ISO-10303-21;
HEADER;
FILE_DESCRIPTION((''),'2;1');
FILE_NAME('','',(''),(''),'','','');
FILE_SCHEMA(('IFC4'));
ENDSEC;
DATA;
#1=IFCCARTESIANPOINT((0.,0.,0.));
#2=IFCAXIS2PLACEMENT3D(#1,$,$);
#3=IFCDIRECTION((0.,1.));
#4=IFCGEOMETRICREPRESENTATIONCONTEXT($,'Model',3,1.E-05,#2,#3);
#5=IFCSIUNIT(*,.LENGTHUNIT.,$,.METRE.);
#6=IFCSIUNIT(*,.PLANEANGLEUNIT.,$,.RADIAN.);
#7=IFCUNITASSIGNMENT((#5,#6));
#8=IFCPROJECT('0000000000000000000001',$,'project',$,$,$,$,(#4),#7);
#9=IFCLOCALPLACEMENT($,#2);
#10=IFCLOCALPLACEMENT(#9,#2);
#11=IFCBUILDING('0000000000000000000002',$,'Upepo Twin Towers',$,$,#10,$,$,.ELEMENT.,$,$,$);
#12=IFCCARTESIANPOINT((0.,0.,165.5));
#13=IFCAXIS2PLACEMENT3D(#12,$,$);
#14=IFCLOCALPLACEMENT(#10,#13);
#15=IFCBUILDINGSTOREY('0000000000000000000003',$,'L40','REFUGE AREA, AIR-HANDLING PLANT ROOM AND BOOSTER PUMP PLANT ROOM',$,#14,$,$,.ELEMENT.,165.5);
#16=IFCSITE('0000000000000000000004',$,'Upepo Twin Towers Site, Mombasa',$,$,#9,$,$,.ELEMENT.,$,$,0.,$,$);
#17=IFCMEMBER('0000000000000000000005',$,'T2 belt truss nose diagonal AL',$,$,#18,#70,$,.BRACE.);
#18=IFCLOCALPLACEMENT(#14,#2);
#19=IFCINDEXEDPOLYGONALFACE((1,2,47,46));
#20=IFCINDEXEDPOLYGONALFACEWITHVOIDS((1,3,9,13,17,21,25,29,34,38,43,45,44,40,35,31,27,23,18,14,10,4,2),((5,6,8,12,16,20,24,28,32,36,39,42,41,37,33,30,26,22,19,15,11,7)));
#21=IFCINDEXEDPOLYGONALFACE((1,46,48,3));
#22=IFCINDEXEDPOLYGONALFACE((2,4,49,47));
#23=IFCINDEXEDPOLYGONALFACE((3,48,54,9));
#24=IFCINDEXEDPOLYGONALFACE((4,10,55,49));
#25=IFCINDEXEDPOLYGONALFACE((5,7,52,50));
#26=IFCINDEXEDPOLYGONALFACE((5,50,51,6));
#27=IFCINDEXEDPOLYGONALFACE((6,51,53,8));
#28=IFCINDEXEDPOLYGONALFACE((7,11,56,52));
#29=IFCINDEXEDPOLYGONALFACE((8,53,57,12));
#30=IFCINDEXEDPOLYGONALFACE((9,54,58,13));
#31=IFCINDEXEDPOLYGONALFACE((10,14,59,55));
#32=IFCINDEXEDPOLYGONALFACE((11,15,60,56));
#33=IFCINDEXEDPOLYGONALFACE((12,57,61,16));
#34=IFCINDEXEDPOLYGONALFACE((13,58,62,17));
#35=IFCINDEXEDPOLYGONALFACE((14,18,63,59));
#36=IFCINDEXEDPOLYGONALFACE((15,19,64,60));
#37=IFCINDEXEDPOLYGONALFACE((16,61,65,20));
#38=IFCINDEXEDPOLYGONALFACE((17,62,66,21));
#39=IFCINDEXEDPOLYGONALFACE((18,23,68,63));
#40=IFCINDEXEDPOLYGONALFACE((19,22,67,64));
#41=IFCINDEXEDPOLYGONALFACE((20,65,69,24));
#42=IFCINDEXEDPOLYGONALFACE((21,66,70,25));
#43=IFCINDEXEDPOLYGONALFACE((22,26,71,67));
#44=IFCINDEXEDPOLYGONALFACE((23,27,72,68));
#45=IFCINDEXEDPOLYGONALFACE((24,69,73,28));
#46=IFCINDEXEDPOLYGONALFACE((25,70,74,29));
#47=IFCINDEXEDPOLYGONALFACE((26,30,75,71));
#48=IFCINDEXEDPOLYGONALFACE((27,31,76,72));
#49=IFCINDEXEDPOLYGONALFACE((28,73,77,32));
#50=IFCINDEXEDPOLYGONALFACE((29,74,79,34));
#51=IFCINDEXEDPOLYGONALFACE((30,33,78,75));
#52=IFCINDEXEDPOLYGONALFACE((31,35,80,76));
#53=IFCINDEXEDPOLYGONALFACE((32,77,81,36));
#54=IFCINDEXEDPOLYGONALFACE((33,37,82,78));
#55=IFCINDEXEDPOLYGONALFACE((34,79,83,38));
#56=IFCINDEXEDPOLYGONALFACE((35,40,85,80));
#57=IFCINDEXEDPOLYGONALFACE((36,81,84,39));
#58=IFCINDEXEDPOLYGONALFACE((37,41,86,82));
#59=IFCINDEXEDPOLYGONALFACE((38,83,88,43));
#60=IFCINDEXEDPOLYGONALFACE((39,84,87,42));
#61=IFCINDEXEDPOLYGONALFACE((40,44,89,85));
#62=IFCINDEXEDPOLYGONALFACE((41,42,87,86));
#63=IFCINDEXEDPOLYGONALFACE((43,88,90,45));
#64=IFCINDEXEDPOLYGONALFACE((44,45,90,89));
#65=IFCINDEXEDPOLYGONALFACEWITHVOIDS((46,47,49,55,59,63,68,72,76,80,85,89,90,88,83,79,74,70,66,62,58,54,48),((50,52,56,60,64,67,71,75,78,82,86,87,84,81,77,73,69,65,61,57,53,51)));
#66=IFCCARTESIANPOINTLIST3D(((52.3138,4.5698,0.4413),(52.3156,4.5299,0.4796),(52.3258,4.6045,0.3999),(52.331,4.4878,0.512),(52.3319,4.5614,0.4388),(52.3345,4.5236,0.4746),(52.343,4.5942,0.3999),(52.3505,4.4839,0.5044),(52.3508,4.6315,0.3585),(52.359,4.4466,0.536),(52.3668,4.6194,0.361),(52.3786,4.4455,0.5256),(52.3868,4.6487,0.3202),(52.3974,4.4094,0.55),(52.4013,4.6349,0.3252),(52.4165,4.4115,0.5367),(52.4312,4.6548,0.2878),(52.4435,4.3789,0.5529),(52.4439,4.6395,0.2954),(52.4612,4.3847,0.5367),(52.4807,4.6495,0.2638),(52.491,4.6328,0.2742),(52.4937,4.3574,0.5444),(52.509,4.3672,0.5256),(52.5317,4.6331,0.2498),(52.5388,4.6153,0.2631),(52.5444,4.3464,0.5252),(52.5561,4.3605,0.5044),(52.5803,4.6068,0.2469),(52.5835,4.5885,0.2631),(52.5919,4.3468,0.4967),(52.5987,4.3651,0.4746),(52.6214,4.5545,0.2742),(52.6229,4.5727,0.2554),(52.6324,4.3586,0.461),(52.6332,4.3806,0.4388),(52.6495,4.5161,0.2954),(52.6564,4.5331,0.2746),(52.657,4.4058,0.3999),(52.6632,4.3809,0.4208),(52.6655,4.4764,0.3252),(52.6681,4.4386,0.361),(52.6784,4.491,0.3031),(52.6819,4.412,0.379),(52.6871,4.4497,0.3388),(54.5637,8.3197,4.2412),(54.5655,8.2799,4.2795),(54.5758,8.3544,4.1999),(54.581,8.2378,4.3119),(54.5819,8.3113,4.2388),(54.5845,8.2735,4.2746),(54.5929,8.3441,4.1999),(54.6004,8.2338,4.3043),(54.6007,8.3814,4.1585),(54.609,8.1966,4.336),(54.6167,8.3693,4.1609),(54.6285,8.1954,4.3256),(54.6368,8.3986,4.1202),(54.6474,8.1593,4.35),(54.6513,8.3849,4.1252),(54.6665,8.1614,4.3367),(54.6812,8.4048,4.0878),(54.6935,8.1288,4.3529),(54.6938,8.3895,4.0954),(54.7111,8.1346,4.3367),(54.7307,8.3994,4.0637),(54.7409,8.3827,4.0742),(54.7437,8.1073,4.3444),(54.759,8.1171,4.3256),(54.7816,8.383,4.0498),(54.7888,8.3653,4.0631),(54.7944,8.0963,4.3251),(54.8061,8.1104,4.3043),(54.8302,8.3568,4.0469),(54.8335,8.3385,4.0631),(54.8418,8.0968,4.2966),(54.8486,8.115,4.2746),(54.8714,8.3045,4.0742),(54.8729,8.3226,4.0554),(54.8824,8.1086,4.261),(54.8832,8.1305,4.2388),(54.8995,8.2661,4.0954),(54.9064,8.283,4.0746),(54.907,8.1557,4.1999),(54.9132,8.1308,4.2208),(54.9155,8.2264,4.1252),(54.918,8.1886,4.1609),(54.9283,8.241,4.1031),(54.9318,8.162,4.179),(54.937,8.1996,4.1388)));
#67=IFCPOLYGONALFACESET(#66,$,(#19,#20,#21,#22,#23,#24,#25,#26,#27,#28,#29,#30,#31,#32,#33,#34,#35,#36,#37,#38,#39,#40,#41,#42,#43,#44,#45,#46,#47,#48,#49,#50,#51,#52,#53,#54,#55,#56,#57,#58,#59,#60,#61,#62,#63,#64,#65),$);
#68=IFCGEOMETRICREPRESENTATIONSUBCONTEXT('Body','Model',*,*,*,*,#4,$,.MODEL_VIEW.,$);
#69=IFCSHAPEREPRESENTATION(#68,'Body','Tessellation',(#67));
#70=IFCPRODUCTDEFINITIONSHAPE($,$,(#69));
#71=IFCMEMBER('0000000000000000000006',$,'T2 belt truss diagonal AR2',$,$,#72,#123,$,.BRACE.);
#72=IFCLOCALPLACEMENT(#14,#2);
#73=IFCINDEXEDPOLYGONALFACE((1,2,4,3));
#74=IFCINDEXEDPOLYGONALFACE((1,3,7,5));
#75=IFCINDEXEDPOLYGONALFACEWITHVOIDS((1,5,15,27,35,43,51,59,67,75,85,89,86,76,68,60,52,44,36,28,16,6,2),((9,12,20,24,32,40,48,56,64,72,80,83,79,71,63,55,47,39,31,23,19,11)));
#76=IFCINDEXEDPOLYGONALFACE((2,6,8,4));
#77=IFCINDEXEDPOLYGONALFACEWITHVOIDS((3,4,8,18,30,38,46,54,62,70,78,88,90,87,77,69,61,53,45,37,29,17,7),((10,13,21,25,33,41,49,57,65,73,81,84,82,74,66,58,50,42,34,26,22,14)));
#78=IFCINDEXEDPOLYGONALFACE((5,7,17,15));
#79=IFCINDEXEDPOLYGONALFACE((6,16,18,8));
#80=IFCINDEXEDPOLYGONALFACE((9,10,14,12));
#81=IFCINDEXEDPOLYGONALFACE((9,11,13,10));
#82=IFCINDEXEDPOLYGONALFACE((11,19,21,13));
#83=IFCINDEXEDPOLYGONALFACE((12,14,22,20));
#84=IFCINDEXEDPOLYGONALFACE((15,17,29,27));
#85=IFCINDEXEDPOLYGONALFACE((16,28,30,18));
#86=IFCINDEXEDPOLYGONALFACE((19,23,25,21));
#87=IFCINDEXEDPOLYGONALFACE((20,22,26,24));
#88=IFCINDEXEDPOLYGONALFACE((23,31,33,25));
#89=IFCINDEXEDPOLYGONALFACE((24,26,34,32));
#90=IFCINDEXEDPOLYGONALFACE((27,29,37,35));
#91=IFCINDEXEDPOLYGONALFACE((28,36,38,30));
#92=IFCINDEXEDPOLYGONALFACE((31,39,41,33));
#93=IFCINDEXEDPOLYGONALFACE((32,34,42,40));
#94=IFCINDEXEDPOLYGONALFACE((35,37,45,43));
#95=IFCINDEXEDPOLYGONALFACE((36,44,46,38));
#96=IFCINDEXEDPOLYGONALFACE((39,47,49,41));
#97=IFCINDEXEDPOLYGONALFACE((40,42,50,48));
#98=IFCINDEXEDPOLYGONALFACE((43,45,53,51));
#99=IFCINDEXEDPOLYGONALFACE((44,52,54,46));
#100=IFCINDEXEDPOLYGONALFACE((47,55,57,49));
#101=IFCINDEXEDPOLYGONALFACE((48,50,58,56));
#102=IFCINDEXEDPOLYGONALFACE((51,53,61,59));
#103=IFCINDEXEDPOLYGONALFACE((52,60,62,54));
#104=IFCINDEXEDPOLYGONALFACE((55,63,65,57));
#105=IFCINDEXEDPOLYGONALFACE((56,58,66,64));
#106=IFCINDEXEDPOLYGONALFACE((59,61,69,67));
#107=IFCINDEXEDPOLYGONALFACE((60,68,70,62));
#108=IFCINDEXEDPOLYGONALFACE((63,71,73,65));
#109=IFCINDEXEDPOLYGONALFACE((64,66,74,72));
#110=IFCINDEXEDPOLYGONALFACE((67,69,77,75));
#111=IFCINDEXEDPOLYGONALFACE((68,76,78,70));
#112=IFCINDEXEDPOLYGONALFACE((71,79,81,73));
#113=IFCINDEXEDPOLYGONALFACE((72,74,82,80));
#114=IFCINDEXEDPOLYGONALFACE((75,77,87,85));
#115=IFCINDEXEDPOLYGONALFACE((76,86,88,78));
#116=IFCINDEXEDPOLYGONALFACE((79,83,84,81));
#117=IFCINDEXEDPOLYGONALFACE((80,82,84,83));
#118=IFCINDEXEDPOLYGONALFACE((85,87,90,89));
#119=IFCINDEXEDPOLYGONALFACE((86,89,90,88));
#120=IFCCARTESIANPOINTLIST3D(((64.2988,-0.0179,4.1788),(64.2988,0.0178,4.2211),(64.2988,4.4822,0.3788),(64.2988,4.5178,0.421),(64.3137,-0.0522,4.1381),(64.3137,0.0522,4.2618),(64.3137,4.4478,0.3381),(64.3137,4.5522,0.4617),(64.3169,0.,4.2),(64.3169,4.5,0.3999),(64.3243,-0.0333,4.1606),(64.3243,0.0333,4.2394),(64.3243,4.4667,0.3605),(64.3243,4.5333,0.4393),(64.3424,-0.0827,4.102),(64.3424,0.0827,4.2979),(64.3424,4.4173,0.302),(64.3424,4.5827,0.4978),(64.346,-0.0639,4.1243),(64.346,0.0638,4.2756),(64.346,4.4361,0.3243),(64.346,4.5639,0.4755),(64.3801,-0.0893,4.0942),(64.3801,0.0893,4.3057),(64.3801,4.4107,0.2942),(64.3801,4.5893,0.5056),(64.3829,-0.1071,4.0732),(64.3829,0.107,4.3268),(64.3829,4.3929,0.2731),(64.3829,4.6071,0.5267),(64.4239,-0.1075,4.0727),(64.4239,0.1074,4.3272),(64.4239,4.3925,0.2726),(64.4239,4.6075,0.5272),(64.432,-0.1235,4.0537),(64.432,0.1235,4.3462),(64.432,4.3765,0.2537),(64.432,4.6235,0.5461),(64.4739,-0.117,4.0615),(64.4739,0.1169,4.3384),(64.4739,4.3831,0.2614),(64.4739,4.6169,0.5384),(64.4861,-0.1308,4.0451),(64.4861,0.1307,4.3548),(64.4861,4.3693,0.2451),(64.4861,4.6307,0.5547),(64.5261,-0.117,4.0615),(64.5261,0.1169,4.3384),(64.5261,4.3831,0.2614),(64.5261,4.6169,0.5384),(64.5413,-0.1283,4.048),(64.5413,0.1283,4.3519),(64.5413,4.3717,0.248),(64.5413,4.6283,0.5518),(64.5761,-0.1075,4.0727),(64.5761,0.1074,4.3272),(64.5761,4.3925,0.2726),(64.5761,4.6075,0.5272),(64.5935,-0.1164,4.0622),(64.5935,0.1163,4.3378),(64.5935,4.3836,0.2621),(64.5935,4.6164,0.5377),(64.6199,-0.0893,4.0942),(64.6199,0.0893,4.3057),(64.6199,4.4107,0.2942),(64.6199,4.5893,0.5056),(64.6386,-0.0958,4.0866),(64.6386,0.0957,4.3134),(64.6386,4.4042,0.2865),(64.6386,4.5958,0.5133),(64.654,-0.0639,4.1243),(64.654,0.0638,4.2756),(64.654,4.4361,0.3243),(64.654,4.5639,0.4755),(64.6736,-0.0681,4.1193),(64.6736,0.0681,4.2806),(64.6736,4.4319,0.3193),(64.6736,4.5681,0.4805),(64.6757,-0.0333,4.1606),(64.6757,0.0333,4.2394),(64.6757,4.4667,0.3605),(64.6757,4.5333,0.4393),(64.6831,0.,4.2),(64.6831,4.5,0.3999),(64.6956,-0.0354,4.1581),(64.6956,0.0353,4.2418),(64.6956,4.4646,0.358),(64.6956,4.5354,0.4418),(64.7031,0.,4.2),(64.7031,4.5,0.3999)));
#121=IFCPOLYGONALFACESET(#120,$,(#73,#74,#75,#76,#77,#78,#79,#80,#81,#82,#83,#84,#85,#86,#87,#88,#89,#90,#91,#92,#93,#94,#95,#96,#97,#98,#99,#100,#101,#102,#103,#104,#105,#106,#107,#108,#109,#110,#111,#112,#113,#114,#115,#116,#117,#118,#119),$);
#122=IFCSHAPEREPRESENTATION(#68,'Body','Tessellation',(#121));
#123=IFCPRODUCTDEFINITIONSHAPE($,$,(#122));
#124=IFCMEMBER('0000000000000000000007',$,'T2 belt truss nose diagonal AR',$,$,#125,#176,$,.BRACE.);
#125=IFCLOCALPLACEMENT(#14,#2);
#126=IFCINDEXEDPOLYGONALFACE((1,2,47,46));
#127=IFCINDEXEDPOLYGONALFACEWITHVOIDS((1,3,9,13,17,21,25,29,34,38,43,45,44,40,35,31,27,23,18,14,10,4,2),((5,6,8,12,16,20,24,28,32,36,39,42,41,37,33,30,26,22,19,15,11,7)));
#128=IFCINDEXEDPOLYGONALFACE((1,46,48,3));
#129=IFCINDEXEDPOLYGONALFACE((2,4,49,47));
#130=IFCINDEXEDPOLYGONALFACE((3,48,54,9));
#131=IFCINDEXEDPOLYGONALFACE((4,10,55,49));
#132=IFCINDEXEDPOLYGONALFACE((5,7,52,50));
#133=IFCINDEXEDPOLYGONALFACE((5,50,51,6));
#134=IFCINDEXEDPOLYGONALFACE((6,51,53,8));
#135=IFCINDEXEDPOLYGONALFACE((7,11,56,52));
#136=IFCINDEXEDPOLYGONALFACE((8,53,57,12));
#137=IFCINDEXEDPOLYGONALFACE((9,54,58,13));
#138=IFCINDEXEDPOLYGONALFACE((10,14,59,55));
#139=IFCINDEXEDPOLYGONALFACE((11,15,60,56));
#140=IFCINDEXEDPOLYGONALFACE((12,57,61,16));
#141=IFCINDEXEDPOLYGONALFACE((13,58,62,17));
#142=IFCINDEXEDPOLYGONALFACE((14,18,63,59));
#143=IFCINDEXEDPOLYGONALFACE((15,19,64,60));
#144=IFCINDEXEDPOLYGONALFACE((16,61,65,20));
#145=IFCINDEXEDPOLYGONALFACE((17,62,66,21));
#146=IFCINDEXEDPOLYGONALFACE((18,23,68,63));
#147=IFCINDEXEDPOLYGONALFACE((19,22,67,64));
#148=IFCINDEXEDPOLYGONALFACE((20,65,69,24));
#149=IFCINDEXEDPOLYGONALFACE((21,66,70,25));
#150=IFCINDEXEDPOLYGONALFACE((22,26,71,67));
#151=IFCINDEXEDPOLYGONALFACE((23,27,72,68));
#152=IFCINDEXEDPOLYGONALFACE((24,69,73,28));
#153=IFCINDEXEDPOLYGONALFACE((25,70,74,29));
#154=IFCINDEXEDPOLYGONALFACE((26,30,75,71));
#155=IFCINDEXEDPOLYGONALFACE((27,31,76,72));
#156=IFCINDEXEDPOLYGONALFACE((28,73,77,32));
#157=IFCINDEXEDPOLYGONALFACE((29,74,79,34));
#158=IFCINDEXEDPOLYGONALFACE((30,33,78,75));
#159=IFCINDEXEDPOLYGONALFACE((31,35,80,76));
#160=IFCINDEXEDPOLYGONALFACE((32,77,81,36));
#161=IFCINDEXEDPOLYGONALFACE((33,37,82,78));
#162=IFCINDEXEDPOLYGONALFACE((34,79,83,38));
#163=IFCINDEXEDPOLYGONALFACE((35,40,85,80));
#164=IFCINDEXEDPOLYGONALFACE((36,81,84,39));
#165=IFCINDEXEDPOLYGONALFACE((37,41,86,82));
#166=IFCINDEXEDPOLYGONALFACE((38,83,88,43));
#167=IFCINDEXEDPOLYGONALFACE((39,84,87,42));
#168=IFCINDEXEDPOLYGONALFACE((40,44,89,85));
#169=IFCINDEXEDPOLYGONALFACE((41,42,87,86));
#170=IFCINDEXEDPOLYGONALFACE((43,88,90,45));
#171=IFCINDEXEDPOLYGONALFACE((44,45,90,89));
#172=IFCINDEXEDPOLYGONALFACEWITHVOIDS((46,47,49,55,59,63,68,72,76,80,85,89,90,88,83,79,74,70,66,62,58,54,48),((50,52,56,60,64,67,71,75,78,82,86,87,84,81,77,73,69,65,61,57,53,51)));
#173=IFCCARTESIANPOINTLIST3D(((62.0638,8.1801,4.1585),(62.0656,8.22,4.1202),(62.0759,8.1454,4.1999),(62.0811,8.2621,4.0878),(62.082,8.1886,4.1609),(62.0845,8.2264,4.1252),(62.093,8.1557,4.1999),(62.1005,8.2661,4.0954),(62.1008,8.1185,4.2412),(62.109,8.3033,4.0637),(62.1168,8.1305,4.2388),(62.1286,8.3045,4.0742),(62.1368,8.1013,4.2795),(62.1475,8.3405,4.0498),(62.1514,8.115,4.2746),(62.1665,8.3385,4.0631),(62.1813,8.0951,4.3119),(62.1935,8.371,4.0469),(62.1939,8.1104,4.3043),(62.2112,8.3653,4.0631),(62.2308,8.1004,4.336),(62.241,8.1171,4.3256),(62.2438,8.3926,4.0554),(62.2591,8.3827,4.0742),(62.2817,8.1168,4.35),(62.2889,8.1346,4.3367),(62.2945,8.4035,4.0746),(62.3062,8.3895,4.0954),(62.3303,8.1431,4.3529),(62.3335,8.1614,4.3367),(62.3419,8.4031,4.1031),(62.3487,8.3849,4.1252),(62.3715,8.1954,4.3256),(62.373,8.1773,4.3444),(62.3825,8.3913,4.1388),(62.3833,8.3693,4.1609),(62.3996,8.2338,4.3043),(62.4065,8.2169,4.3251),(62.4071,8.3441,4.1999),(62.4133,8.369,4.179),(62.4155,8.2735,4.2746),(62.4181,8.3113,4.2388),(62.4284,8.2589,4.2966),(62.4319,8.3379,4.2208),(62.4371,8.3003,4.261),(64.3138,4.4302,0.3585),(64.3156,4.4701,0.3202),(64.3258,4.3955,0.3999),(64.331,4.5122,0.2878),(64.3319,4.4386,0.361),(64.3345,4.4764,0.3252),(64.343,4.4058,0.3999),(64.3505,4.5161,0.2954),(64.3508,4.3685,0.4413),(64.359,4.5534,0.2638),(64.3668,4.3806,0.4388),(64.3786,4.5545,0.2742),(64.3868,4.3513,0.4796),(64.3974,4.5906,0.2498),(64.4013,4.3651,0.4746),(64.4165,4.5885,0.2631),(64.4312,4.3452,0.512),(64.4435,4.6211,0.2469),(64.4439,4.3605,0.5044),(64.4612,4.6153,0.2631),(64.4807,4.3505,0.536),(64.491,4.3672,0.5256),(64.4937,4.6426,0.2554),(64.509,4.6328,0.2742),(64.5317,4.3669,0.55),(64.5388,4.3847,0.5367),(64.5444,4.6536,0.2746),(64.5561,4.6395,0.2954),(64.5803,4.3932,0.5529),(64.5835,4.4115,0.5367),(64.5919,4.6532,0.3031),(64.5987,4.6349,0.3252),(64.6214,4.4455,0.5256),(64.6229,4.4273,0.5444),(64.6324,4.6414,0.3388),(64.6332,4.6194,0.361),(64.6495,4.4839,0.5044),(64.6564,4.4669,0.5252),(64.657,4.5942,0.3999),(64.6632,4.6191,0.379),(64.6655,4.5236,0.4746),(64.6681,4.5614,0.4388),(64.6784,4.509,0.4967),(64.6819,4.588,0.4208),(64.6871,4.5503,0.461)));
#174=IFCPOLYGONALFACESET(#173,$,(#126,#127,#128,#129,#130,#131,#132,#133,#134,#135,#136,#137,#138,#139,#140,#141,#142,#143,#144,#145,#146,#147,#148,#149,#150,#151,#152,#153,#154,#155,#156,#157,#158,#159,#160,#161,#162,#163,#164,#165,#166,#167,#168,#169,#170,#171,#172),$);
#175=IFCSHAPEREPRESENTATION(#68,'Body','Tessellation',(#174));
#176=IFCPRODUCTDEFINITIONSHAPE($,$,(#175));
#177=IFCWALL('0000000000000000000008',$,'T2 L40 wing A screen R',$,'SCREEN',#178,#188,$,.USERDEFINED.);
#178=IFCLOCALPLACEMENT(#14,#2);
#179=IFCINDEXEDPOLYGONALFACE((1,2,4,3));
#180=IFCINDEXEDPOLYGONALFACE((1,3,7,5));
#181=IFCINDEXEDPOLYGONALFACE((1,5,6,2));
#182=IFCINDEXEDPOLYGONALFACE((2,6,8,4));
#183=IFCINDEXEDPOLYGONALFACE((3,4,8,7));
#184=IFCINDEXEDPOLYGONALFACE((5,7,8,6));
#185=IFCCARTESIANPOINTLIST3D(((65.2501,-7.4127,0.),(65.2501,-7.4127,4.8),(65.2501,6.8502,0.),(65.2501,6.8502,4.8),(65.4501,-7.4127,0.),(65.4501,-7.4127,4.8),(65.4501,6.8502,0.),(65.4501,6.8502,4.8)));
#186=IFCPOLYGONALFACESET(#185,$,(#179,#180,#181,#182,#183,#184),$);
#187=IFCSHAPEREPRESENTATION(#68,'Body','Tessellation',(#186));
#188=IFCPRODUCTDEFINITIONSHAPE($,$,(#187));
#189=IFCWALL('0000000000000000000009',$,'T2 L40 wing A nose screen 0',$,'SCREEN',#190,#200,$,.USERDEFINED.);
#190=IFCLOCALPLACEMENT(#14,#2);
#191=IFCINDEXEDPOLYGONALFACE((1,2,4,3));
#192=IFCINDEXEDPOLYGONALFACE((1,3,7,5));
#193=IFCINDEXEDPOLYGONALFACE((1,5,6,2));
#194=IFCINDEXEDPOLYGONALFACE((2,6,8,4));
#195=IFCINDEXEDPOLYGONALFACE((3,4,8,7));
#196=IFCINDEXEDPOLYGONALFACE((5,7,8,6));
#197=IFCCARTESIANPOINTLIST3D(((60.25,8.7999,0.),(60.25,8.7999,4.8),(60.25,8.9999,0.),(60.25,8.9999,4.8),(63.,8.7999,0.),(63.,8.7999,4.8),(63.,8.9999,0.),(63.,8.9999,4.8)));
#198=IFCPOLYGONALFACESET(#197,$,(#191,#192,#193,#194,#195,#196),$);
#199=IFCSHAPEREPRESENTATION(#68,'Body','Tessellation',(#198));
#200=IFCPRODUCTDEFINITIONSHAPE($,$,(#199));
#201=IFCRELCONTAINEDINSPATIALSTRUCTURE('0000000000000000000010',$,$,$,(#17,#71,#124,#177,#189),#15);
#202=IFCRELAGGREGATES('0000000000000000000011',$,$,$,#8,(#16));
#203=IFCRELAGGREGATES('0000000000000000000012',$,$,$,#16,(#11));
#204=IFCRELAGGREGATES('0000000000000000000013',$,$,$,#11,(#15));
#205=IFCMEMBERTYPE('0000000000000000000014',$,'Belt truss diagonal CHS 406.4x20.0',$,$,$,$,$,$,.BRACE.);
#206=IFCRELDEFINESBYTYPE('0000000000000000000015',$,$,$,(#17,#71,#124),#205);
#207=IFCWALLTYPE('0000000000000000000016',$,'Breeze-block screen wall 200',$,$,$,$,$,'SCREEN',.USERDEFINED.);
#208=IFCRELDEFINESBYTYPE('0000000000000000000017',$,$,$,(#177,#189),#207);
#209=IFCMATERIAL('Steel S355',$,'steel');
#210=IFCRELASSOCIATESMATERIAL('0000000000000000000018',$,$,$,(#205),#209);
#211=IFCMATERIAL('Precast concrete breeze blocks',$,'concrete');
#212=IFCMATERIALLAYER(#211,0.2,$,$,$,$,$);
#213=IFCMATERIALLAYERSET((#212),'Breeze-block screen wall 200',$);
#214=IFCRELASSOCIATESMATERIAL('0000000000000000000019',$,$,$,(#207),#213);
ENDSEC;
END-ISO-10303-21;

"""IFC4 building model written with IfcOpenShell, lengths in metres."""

from ifc_helpers import new_model, si_unit, direction, frame, frame_2d, origin, origin_2d, place, context, subcontext, project, spatial, rectangle, hollow_circle, extrude, material, layer, layer_set, material_profile, profile_set, type_object, element, save


model = new_model("IFC4")

# Units and contexts
model_context = context("Model", 3, precision=1e-05, world=origin(), true_north=direction((0.0, 1.0)))
body_context = subcontext(model_context, "Body", "Model", "MODEL_VIEW")
ifc_project = project(units=[si_unit("LENGTHUNIT", "METRE"), si_unit("PLANEANGLEUNIT", "RADIAN")], contexts=[model_context])

# Site, building, storey
site_placement = place(None, origin())
site = spatial("IfcSite", under=ifc_project, at=site_placement, Name="Upepo Twin Towers Site, Mombasa", CompositionType="ELEMENT", RefElevation=0.0)
building_placement = place(site_placement, origin())
building = spatial("IfcBuilding", under=site, at=building_placement, Name="Upepo Twin Towers", CompositionType="ELEMENT")
storey_placement = place(building_placement, frame((0.0, 0.0, 165.5)))
storey = spatial("IfcBuildingStorey", under=building, at=storey_placement, Name="L40", Description="REFUGE AREA, AIR-HANDLING PLANT ROOM AND BOOSTER PUMP PLANT ROOM", CompositionType="ELEMENT", Elevation=165.5)

# Members
ifc_material_1 = material(Name="Steel S355", Category="steel")
ifc_material_profile_1 = material_profile(ifc_material_1, hollow_circle(Radius=0.2031, WallThickness=0.02, at=origin_2d()), Name="CHS 406.4x20.0")
ifc_profile_set_1 = profile_set([ifc_material_profile_1], Name="Steel S355")
member_type = type_object("IfcMemberType", Name="Belt truss diagonal CHS 406.4x20.0", PredefinedType="BRACE", material=ifc_profile_set_1)
member_1_placement = place(storey_placement, frame((52.5, 4.5, 0.3999), z_axis=(0.388362, 0.64727, 0.655909), x_axis=(-0.857493, 0.514496, 0.0)))
element("IfcMember", 1, at=member_1_placement, inside=storey, type_object=member_type, Name="T2 belt truss nose diagonal AL", PredefinedType="BRACE", context=body_context, shape_type="SweptSolid", body=[
    extrude(hollow_circle(Radius=0.2031, WallThickness=0.02, at=origin_2d()), origin(), (0.0, 0.0, 1.0), 5.7935),
])
member_2_placement = place(storey_placement, frame((64.5, 4.5, 0.3999), z_axis=(0.0, -0.764026, 0.645186), x_axis=(1.0, 0.0, 0.0)))
element("IfcMember", 2, at=member_2_placement, inside=storey, type_object=member_type, Name="T2 belt truss diagonal AR2", PredefinedType="BRACE", context=body_context, shape_type="SweptSolid", body=[
    extrude(hollow_circle(Radius=0.2031, WallThickness=0.02, at=origin_2d()), origin(), (0.0, 0.0, 1.0), 5.8899),
])
member_3_placement = place(storey_placement, frame((64.5, 4.5, 0.3999), z_axis=(-0.388362, 0.64727, 0.655909), x_axis=(-0.857493, -0.514496, 0.0)))
element("IfcMember", 3, at=member_3_placement, inside=storey, type_object=member_type, Name="T2 belt truss nose diagonal AR", PredefinedType="BRACE", context=body_context, shape_type="SweptSolid", body=[
    extrude(hollow_circle(Radius=0.2031, WallThickness=0.02, at=origin_2d()), origin(), (0.0, 0.0, 1.0), 5.7935),
])

# Walls
ifc_material_2 = material(Name="Precast concrete breeze blocks", Category="concrete")
ifc_layer_1 = layer(ifc_material_2, 0.2)
ifc_layer_set_1 = layer_set([ifc_layer_1], Name="Breeze-block screen wall 200")
wall_type_1 = type_object("IfcWallType", Name="Breeze-block screen wall 200", ElementType="SCREEN", PredefinedType="USERDEFINED", material=ifc_layer_set_1)
wall_1_placement = place(storey_placement, frame((65.3501, 6.8501, 0.0), z_axis=(0.0, 0.0, 1.0), x_axis=(0.0, -1.0, 0.0)))
element("IfcWall", 4, at=wall_1_placement, inside=storey, type_object=wall_type_1, Name="T2 L40 wing A screen R", ObjectType="SCREEN", PredefinedType="USERDEFINED", context=body_context, shape_type="SweptSolid", body=[
    extrude(rectangle(XDim=14.2629, YDim=0.2, at=frame_2d((7.1313, 0.0))), origin(), (0.0, 0.0, 1.0), 4.8),
])
for number, where, z_axis, x_axis, name in (
    (5, (63.0, 8.8999, 0.0), (0.0, 0.0, 1.0), (-1.0, 0.0, 0.0), "T2 L40 wing A nose screen 0"),
):
    element("IfcWall", number, at=place(storey_placement, frame(where, z_axis=z_axis, x_axis=x_axis)), inside=storey, type_object=wall_type_1, Name=name, ObjectType="SCREEN", PredefinedType="USERDEFINED", context=body_context, shape_type="SweptSolid", body=[
        extrude(rectangle(XDim=2.75, YDim=0.2, at=frame_2d((1.375, 0.0))), origin(), (0.0, 0.0, 1.0), 4.8),
    ])

save(model, "model.ifc")
